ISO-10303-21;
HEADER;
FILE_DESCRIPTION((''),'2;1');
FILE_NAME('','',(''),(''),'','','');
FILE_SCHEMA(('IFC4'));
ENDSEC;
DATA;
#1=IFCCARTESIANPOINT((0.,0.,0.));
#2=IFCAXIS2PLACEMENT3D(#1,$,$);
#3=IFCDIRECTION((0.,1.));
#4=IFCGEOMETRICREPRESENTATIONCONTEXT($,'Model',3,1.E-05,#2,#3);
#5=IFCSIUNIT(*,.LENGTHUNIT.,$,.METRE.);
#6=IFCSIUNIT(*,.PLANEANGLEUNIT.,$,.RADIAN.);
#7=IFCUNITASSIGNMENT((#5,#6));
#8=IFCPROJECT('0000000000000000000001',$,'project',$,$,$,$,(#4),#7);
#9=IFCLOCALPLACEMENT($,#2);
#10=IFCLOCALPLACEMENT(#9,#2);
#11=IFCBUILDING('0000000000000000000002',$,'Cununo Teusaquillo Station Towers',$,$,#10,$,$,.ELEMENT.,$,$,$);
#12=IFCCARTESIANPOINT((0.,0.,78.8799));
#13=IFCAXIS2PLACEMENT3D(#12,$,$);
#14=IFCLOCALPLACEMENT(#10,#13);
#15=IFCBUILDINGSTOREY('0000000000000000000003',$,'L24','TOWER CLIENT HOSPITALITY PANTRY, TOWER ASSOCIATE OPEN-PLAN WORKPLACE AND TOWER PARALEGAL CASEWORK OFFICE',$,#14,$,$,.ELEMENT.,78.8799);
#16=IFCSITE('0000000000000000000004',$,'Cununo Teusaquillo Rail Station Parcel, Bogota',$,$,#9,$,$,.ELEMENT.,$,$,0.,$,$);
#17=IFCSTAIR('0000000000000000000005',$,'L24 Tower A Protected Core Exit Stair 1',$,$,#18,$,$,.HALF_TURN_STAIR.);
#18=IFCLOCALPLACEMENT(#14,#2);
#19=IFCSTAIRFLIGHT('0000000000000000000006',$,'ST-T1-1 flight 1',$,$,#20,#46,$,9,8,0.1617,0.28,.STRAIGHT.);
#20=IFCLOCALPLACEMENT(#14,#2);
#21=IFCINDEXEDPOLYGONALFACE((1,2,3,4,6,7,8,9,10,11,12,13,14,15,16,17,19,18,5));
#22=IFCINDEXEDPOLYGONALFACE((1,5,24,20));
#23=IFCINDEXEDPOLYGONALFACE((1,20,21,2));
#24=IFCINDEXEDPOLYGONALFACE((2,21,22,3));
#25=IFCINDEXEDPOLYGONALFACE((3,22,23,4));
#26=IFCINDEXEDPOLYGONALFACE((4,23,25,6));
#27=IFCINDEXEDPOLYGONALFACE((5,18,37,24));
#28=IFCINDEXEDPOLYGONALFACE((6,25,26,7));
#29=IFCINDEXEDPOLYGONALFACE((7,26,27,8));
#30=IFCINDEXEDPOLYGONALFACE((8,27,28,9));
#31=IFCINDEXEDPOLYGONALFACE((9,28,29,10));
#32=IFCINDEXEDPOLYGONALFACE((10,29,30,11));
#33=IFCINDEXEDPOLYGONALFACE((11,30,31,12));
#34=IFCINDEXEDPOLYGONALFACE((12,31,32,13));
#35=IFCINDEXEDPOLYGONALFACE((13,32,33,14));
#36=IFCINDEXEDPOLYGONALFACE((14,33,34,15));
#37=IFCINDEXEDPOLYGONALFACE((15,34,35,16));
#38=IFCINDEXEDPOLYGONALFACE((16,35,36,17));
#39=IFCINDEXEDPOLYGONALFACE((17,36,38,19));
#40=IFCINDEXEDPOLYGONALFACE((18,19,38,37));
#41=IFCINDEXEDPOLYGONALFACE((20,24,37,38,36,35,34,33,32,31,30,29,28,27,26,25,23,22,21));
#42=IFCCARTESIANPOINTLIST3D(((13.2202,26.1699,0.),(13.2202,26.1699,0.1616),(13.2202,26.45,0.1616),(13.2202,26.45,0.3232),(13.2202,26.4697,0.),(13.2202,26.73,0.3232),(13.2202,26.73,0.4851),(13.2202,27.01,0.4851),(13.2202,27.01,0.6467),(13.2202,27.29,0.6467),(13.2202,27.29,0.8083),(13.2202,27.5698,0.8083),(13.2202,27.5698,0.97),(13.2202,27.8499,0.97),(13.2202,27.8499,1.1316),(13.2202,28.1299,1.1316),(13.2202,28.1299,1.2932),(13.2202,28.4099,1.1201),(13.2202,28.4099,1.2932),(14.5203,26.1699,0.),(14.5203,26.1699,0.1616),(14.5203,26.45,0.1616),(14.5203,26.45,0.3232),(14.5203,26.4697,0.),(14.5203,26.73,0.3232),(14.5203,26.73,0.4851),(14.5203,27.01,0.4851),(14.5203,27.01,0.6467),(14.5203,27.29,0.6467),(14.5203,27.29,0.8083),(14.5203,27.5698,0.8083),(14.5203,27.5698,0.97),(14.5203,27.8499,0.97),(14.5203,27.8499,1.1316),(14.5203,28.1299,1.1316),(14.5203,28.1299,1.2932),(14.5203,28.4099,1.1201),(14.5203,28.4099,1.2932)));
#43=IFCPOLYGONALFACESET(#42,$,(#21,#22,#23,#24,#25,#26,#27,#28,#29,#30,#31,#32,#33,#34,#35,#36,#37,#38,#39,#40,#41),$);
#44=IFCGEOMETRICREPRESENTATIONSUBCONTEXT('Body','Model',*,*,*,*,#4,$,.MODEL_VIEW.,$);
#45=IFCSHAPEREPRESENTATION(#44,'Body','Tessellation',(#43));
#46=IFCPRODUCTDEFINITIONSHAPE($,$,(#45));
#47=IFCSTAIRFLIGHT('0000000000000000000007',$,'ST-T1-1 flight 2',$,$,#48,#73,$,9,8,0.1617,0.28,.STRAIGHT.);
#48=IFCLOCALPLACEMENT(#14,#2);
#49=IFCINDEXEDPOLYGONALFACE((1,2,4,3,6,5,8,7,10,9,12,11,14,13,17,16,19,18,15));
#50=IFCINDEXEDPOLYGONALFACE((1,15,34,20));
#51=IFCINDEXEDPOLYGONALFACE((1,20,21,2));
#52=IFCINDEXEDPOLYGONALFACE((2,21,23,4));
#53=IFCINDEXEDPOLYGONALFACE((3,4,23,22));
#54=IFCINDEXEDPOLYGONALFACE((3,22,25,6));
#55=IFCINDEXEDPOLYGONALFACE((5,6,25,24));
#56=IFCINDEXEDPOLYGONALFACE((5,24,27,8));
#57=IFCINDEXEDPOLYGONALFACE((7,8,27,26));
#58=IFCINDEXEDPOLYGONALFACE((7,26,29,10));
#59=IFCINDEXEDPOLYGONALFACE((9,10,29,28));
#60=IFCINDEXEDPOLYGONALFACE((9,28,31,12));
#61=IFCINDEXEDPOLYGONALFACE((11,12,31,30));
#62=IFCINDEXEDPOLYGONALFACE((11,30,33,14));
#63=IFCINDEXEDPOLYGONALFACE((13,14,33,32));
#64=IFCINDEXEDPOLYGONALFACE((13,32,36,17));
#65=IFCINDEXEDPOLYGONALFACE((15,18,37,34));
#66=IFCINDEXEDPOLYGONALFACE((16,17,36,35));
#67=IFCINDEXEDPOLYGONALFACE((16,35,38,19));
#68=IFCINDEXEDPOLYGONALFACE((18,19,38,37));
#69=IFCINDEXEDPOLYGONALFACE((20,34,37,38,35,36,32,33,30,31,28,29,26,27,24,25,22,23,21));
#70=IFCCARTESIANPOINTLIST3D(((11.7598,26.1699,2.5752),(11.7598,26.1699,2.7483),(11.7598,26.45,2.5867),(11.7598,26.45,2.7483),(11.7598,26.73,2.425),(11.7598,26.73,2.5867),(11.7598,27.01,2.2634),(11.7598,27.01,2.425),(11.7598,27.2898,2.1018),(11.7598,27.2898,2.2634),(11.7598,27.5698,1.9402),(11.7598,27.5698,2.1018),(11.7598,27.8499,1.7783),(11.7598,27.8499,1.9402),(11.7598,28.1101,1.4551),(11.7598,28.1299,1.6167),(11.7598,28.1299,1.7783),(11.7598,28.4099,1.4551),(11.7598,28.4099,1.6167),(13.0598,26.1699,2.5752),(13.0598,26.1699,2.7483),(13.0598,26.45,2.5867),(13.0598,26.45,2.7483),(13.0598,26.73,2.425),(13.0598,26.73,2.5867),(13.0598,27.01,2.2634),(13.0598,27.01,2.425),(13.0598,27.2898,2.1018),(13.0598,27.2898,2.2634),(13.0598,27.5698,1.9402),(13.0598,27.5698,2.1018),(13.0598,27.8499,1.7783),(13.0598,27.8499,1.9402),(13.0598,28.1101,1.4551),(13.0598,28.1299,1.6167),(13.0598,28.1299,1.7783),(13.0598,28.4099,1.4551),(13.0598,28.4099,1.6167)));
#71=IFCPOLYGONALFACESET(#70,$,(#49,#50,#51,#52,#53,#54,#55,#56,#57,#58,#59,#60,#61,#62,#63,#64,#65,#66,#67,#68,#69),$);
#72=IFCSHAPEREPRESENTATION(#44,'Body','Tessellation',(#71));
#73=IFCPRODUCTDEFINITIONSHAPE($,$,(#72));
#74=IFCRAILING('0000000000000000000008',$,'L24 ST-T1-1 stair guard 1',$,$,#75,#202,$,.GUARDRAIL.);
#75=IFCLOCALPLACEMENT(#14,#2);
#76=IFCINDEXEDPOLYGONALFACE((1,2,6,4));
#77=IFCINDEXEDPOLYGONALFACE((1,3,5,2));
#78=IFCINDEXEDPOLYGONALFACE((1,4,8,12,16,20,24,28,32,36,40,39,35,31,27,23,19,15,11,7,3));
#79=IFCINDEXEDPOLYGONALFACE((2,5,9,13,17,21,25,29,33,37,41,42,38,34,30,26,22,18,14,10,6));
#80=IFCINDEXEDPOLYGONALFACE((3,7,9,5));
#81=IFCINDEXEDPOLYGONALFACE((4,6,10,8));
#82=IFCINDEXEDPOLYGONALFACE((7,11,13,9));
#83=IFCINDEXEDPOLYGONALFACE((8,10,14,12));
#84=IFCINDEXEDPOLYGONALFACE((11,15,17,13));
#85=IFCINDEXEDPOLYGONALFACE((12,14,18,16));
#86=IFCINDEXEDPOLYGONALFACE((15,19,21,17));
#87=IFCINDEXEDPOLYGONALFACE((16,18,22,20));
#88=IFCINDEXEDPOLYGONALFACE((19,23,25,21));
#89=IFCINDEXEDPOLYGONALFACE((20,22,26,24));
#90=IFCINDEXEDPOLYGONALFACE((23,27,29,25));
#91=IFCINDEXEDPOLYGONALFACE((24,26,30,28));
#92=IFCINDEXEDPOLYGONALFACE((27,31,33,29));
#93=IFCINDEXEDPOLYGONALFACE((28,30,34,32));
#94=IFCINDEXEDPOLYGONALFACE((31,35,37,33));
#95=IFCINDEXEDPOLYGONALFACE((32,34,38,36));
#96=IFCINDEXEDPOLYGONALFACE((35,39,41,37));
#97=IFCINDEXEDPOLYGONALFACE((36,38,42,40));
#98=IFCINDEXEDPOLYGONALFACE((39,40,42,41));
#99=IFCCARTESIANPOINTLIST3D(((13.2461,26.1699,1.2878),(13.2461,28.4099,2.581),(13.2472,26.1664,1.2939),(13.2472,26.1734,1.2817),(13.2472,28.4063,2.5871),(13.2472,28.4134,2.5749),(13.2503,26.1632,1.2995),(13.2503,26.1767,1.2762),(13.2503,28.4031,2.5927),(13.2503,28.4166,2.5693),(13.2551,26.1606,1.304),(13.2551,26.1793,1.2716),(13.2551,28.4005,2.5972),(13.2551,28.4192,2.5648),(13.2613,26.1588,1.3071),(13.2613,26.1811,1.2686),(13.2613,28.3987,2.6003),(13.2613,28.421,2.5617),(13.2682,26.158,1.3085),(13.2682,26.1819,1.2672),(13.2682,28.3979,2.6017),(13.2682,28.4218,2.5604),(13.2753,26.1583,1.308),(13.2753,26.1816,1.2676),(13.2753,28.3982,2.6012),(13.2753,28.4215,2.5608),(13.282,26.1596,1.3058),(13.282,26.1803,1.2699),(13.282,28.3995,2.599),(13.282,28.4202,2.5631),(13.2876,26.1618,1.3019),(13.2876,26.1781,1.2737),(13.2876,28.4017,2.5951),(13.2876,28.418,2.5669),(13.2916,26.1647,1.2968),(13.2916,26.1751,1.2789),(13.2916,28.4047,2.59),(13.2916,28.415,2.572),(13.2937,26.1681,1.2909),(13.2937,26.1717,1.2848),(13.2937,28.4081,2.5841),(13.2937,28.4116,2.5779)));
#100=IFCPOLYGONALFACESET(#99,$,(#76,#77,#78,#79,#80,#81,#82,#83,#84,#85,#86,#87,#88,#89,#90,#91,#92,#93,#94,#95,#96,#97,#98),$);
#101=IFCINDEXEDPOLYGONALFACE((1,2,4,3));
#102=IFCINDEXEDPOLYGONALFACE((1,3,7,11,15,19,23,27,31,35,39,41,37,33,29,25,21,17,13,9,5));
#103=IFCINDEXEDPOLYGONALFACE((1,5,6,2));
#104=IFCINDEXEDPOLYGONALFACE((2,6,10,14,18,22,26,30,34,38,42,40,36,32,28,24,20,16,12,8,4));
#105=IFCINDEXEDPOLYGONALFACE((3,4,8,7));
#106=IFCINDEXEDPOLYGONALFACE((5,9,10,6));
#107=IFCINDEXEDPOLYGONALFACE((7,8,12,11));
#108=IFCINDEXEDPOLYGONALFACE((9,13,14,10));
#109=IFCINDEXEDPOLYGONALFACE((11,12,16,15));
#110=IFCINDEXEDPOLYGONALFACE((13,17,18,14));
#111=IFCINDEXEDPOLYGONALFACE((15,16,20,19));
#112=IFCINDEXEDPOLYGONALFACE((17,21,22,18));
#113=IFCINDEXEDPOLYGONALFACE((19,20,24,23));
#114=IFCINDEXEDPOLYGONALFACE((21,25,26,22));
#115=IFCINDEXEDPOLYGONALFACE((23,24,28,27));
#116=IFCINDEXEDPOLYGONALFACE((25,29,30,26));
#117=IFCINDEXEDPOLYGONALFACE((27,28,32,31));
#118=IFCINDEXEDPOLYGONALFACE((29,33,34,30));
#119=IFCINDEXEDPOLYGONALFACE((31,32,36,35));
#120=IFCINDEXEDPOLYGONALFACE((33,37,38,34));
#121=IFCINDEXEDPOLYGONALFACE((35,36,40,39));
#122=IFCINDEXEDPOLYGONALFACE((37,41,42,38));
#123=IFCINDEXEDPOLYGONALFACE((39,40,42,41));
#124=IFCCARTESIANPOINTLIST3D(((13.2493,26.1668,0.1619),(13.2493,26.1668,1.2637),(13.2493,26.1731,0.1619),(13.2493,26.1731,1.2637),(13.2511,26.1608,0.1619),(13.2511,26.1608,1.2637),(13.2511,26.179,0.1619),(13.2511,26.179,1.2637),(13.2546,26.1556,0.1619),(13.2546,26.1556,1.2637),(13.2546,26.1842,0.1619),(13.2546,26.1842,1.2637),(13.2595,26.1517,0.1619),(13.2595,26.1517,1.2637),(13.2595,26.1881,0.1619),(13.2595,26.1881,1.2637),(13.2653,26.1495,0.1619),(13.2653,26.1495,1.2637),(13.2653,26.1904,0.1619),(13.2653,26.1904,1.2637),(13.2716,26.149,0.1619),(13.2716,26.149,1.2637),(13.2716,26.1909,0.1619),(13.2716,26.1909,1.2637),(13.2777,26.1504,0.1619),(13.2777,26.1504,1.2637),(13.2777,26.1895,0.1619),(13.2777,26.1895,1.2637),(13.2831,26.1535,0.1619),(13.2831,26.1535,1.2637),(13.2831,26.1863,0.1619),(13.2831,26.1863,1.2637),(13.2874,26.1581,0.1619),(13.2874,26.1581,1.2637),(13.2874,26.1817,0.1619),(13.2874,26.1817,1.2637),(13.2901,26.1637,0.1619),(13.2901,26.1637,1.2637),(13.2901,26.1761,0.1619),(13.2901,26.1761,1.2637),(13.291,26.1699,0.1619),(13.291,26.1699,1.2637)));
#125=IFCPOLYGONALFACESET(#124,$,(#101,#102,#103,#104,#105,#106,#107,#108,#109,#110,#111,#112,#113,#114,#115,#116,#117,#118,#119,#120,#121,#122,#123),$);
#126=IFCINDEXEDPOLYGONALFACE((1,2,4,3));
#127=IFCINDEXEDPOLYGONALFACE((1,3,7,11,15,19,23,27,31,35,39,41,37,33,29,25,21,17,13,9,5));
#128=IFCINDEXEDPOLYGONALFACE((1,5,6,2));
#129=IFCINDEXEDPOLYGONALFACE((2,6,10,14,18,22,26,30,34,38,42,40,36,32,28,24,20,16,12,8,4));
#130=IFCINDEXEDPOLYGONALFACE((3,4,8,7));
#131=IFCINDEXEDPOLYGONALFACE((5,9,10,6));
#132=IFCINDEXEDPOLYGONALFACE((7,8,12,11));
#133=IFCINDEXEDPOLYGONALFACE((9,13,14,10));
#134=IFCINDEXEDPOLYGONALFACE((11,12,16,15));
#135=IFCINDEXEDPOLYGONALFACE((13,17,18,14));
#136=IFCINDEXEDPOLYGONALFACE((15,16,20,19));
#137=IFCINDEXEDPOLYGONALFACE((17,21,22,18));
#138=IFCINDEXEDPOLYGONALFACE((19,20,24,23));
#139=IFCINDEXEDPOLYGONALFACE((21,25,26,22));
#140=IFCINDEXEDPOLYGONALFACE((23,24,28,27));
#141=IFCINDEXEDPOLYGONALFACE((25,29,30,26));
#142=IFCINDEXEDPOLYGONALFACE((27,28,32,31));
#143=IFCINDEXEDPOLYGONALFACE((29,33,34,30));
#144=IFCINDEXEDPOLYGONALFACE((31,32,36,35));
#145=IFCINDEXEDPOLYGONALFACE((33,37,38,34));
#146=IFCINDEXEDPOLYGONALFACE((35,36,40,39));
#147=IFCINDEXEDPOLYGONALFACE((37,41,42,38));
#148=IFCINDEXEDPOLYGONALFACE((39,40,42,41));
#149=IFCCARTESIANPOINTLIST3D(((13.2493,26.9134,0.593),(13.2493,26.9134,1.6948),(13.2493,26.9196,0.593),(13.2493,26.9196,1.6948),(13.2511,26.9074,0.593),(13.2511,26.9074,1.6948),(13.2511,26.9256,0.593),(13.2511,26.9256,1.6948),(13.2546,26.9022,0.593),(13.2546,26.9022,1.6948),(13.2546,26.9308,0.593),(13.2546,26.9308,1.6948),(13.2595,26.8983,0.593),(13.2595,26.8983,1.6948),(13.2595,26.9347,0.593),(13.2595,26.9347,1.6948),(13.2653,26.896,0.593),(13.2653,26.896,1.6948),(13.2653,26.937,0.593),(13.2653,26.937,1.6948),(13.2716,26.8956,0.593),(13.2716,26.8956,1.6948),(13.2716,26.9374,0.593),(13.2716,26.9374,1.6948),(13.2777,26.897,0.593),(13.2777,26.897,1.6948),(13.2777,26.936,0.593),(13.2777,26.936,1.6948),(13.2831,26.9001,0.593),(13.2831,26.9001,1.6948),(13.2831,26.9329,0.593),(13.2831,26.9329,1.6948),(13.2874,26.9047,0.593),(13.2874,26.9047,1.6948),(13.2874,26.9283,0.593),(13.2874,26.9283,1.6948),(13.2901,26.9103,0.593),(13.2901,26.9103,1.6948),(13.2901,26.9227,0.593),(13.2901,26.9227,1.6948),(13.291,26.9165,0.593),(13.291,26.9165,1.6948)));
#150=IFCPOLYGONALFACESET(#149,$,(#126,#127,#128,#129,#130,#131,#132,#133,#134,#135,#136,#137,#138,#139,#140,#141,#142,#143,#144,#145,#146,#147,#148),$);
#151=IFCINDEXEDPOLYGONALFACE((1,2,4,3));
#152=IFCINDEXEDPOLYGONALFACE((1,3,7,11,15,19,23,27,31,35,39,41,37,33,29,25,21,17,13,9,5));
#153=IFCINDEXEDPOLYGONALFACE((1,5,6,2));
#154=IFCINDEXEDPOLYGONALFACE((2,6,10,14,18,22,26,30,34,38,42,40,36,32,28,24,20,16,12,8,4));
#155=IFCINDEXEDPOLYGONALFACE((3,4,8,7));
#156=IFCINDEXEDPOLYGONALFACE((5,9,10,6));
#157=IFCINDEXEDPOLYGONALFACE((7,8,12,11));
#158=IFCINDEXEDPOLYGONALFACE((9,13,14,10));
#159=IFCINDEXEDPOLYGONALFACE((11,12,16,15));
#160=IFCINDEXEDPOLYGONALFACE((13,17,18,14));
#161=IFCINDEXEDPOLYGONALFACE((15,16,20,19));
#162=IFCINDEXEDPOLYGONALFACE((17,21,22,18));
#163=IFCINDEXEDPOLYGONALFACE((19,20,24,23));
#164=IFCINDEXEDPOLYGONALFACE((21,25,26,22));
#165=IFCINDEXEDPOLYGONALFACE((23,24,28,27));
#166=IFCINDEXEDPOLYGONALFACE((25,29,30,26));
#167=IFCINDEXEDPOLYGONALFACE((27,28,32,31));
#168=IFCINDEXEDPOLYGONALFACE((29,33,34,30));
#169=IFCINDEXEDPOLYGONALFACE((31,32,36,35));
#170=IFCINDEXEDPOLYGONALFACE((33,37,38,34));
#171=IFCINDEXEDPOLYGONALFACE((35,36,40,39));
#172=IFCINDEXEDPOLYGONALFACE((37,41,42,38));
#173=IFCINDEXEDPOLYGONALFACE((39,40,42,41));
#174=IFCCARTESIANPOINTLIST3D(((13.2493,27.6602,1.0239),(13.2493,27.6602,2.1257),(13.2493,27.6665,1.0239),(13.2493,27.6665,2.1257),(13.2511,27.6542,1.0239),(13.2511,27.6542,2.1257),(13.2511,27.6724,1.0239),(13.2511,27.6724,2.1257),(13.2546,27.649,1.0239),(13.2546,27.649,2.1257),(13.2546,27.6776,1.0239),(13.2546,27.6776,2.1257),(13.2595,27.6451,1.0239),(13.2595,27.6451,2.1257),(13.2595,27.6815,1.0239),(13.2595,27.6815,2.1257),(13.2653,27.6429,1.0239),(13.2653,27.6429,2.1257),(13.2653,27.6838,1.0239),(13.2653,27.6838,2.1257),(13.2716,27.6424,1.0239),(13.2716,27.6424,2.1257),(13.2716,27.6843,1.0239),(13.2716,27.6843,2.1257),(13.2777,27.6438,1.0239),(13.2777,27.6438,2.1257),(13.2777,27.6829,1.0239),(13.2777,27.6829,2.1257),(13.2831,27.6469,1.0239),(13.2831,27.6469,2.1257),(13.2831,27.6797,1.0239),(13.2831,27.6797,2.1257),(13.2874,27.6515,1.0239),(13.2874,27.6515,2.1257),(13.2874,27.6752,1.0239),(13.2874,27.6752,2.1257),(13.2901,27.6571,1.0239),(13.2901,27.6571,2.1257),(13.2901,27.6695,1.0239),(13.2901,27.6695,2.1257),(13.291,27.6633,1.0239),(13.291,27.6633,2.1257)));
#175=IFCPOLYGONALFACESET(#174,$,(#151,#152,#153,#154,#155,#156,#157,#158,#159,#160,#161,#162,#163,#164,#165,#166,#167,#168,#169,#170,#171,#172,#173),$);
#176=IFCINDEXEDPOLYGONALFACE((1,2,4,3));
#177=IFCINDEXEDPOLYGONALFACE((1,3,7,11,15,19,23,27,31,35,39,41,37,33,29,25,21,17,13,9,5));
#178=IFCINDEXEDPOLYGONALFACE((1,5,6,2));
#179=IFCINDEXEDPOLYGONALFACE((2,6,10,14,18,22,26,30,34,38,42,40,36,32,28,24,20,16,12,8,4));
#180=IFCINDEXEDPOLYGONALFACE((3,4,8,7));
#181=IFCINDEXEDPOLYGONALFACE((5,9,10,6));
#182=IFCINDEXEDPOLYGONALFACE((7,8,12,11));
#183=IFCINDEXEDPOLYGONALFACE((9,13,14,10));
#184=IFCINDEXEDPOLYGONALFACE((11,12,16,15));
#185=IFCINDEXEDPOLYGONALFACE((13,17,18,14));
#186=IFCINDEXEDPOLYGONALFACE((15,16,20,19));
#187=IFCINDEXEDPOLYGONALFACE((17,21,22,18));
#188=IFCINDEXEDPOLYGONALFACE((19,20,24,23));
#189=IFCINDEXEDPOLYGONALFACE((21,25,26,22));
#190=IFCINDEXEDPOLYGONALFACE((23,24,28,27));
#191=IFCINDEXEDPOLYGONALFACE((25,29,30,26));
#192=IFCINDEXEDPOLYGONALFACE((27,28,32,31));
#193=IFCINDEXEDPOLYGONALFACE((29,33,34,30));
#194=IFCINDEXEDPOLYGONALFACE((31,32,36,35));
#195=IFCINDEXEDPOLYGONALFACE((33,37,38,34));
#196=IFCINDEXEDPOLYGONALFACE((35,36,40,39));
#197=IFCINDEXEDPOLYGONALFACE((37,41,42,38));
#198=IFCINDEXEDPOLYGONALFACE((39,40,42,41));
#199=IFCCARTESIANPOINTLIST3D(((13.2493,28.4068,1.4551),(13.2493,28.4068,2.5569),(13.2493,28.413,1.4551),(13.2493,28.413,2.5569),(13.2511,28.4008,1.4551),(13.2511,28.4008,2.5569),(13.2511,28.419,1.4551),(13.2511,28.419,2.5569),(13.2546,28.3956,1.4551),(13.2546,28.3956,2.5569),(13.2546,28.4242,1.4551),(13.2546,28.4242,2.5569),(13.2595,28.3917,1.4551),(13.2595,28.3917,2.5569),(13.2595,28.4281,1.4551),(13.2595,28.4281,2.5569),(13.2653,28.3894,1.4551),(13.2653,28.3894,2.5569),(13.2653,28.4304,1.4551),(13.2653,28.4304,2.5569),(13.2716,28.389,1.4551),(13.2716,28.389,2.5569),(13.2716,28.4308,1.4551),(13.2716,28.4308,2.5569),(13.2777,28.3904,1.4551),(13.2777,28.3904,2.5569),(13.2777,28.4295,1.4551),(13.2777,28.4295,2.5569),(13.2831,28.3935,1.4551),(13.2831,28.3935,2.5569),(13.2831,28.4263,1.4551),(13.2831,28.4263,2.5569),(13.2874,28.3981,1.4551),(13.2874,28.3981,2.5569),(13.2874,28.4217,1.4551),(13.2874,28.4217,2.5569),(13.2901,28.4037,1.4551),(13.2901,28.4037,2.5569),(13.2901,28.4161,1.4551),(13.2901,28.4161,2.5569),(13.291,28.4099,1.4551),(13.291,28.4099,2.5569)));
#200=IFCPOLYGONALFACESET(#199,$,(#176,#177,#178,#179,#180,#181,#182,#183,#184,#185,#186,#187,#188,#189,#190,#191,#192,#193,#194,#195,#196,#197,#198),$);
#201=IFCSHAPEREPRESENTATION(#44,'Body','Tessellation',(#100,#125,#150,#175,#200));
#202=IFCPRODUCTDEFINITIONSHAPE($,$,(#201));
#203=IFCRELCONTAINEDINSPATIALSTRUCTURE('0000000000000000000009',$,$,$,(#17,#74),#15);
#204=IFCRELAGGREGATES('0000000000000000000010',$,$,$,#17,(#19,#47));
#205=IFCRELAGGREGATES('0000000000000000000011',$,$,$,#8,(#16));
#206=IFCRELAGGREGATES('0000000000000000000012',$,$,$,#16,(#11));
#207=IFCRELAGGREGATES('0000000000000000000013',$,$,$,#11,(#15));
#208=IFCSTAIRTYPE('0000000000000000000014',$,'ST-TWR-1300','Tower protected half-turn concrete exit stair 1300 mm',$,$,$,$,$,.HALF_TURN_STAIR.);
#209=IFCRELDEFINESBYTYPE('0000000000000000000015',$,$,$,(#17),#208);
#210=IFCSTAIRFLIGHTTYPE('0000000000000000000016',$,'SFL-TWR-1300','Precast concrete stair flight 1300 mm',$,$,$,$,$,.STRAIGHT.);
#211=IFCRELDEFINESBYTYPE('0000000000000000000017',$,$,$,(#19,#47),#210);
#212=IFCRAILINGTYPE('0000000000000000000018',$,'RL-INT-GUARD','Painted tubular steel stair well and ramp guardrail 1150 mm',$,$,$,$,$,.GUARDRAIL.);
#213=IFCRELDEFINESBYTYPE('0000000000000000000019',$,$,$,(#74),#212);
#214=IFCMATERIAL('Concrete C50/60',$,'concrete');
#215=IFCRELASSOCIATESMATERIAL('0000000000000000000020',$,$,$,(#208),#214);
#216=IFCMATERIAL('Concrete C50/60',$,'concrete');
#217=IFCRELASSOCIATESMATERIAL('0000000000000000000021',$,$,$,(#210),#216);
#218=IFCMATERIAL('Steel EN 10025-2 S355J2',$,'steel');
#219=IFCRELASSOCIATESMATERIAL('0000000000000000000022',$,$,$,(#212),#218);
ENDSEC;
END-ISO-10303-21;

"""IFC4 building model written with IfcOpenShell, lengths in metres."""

from ifc_helpers import new_model, si_unit, direction, frame, origin, origin_2d, place, context, subcontext, project, spatial, polyline, circle, outline, extrude, material, type_object, element, aggregate, save


model = new_model("IFC4")

# Units and contexts
model_context = context("Model", 3, precision=1e-05, world=origin(), true_north=direction((0.0, 1.0)))
body_context = subcontext(model_context, "Body", "Model", "MODEL_VIEW")
ifc_project = project(units=[si_unit("LENGTHUNIT", "METRE"), si_unit("PLANEANGLEUNIT", "RADIAN")], contexts=[model_context])

# Site, building, storey
site_placement = place(None, origin())
site = spatial("IfcSite", under=ifc_project, at=site_placement, Name="Cununo Teusaquillo Rail Station Parcel, Bogota", CompositionType="ELEMENT", RefElevation=0.0)
building_placement = place(site_placement, origin())
building = spatial("IfcBuilding", under=site, at=building_placement, Name="Cununo Teusaquillo Station Towers", CompositionType="ELEMENT")
storey_placement = place(building_placement, frame((0.0, 0.0, 78.8799)))
storey = spatial("IfcBuildingStorey", under=building, at=storey_placement, Name="L24", Description="TOWER CLIENT HOSPITALITY PANTRY, TOWER ASSOCIATE OPEN-PLAN WORKPLACE AND TOWER PARALEGAL CASEWORK OFFICE", CompositionType="ELEMENT", Elevation=78.8799)

# Stair, stair flights
ifc_material_1 = material(Name="Concrete C50/60", Category="concrete")
stair_type = type_object("IfcStairType", Name="ST-TWR-1300", Description="Tower protected half-turn concrete exit stair 1300 mm", PredefinedType="HALF_TURN_STAIR", material=ifc_material_1)
stair_placement = place(storey_placement, origin())
stair = element("IfcStair", 1, at=stair_placement, inside=storey, type_object=stair_type, Name="L24 Tower A Protected Core Exit Stair 1", PredefinedType="HALF_TURN_STAIR")
ifc_material_2 = material(Name="Concrete C50/60", Category="concrete")
stair_flight_type = type_object("IfcStairFlightType", Name="SFL-TWR-1300", Description="Precast concrete stair flight 1300 mm", PredefinedType="STRAIGHT", material=ifc_material_2)
stair_flight_1_placement = place(storey_placement, frame((13.8701, 26.1699, 0.0), z_axis=(0.0, 0.0, 1.0), x_axis=(0.0, 1.0, 0.0)))
stair_flight_1 = element("IfcStairFlight", 2, at=stair_flight_1_placement, type_object=stair_flight_type, Name="ST-T1-1 flight 1", NumberOfRisers=9, NumberOfTreads=8, PredefinedType="STRAIGHT", RiserHeight=0.1617, TreadLength=0.28, context=body_context, shape_type="SweptSolid", body=[
    extrude(outline(polyline([(0.0, 0.0), (0.0, 0.1616), (0.28, 0.1616), (0.28, 0.3232), (0.5601, 0.3232), (0.5601, 0.4851), (0.8401, 0.4851), (0.8401, 0.6467), (1.1201, 0.6467), (1.1201, 0.8083), (1.3999, 0.8083), (1.3999, 0.97), (1.6799, 0.97), (1.6799, 1.1316), (1.96, 1.1316), (1.96, 1.2932), (2.24, 1.2932), (2.24, 1.4551), (2.24, 1.1201), (0.2998, 0.0), (0.0, 0.0)])), frame((0.0, 0.6499, 0.0), z_axis=(0.0, -1.0, 0.0), x_axis=(1.0, 0.0, 0.0)), (0.0, 0.0, 1.0), 1.3),
])
stair_flight_2_placement = place(storey_placement, frame((12.4099, 28.4099, 1.4551), z_axis=(0.0, 0.0, 1.0), x_axis=(0.0, -1.0, 0.0)))
stair_flight_2 = element("IfcStairFlight", 3, at=stair_flight_2_placement, type_object=stair_flight_type, Name="ST-T1-1 flight 2", NumberOfRisers=9, NumberOfTreads=8, PredefinedType="STRAIGHT", RiserHeight=0.1617, TreadLength=0.28, context=body_context, shape_type="SweptSolid", body=[
    extrude(outline(polyline([(0.0, 0.0), (0.0, 0.1616), (0.28, 0.1616), (0.28, 0.3232), (0.5601, 0.3232), (0.5601, 0.4851), (0.8401, 0.4851), (0.8401, 0.6467), (1.1201, 0.6467), (1.1201, 0.8083), (1.3999, 0.8083), (1.3999, 0.97), (1.6799, 0.97), (1.6799, 1.1316), (1.96, 1.1316), (1.96, 1.2932), (2.24, 1.2932), (2.24, 1.4551), (2.24, 1.1201), (0.2998, 0.0), (0.0, 0.0)])), frame((0.0, 0.6499, 0.0), z_axis=(0.0, -1.0, 0.0), x_axis=(1.0, 0.0, 0.0)), (0.0, 0.0, 1.0), 1.3),
])
aggregate(stair, [stair_flight_1, stair_flight_2])

# Railing
ifc_material_3 = material(Name="Steel EN 10025-2 S355J2", Category="steel")
railing_type_1 = type_object("IfcRailingType", Name="RL-INT-GUARD", Description="Painted tubular steel stair well and ramp guardrail 1150 mm", PredefinedType="GUARDRAIL", material=ifc_material_3)
railing_1_placement = place(storey_placement, frame((13.27, 26.1699, 0.1619)))
element("IfcRailing", 4, at=railing_1_placement, inside=storey, type_object=railing_type_1, Name="L24 ST-T1-1 stair guard 1", PredefinedType="GUARDRAIL", context=body_context, shape_type="SweptSolid", body=[
    extrude(circle(Radius=0.0239, at=origin_2d()), frame((0.0, 0.0, 1.126), z_axis=(0.0, 0.866033, 0.499987), x_axis=(-1.0, 0.0, 0.0)), (0.0, 0.0, 1.0), 2.5864),
    extrude(circle(Radius=0.021, at=origin_2d()), origin(), (0.0, 0.0, 1.0), 1.1018),
    extrude(circle(Radius=0.021, at=origin_2d()), frame((0.0, 0.7466, 0.4312)), (0.0, 0.0, 1.0), 1.1018),
    extrude(circle(Radius=0.021, at=origin_2d()), frame((0.0, 1.4934, 0.8621)), (0.0, 0.0, 1.0), 1.1018),
    extrude(circle(Radius=0.021, at=origin_2d()), frame((0.0, 2.24, 1.2932)), (0.0, 0.0, 1.0), 1.1018),
])

save(model, "model.ifc")
